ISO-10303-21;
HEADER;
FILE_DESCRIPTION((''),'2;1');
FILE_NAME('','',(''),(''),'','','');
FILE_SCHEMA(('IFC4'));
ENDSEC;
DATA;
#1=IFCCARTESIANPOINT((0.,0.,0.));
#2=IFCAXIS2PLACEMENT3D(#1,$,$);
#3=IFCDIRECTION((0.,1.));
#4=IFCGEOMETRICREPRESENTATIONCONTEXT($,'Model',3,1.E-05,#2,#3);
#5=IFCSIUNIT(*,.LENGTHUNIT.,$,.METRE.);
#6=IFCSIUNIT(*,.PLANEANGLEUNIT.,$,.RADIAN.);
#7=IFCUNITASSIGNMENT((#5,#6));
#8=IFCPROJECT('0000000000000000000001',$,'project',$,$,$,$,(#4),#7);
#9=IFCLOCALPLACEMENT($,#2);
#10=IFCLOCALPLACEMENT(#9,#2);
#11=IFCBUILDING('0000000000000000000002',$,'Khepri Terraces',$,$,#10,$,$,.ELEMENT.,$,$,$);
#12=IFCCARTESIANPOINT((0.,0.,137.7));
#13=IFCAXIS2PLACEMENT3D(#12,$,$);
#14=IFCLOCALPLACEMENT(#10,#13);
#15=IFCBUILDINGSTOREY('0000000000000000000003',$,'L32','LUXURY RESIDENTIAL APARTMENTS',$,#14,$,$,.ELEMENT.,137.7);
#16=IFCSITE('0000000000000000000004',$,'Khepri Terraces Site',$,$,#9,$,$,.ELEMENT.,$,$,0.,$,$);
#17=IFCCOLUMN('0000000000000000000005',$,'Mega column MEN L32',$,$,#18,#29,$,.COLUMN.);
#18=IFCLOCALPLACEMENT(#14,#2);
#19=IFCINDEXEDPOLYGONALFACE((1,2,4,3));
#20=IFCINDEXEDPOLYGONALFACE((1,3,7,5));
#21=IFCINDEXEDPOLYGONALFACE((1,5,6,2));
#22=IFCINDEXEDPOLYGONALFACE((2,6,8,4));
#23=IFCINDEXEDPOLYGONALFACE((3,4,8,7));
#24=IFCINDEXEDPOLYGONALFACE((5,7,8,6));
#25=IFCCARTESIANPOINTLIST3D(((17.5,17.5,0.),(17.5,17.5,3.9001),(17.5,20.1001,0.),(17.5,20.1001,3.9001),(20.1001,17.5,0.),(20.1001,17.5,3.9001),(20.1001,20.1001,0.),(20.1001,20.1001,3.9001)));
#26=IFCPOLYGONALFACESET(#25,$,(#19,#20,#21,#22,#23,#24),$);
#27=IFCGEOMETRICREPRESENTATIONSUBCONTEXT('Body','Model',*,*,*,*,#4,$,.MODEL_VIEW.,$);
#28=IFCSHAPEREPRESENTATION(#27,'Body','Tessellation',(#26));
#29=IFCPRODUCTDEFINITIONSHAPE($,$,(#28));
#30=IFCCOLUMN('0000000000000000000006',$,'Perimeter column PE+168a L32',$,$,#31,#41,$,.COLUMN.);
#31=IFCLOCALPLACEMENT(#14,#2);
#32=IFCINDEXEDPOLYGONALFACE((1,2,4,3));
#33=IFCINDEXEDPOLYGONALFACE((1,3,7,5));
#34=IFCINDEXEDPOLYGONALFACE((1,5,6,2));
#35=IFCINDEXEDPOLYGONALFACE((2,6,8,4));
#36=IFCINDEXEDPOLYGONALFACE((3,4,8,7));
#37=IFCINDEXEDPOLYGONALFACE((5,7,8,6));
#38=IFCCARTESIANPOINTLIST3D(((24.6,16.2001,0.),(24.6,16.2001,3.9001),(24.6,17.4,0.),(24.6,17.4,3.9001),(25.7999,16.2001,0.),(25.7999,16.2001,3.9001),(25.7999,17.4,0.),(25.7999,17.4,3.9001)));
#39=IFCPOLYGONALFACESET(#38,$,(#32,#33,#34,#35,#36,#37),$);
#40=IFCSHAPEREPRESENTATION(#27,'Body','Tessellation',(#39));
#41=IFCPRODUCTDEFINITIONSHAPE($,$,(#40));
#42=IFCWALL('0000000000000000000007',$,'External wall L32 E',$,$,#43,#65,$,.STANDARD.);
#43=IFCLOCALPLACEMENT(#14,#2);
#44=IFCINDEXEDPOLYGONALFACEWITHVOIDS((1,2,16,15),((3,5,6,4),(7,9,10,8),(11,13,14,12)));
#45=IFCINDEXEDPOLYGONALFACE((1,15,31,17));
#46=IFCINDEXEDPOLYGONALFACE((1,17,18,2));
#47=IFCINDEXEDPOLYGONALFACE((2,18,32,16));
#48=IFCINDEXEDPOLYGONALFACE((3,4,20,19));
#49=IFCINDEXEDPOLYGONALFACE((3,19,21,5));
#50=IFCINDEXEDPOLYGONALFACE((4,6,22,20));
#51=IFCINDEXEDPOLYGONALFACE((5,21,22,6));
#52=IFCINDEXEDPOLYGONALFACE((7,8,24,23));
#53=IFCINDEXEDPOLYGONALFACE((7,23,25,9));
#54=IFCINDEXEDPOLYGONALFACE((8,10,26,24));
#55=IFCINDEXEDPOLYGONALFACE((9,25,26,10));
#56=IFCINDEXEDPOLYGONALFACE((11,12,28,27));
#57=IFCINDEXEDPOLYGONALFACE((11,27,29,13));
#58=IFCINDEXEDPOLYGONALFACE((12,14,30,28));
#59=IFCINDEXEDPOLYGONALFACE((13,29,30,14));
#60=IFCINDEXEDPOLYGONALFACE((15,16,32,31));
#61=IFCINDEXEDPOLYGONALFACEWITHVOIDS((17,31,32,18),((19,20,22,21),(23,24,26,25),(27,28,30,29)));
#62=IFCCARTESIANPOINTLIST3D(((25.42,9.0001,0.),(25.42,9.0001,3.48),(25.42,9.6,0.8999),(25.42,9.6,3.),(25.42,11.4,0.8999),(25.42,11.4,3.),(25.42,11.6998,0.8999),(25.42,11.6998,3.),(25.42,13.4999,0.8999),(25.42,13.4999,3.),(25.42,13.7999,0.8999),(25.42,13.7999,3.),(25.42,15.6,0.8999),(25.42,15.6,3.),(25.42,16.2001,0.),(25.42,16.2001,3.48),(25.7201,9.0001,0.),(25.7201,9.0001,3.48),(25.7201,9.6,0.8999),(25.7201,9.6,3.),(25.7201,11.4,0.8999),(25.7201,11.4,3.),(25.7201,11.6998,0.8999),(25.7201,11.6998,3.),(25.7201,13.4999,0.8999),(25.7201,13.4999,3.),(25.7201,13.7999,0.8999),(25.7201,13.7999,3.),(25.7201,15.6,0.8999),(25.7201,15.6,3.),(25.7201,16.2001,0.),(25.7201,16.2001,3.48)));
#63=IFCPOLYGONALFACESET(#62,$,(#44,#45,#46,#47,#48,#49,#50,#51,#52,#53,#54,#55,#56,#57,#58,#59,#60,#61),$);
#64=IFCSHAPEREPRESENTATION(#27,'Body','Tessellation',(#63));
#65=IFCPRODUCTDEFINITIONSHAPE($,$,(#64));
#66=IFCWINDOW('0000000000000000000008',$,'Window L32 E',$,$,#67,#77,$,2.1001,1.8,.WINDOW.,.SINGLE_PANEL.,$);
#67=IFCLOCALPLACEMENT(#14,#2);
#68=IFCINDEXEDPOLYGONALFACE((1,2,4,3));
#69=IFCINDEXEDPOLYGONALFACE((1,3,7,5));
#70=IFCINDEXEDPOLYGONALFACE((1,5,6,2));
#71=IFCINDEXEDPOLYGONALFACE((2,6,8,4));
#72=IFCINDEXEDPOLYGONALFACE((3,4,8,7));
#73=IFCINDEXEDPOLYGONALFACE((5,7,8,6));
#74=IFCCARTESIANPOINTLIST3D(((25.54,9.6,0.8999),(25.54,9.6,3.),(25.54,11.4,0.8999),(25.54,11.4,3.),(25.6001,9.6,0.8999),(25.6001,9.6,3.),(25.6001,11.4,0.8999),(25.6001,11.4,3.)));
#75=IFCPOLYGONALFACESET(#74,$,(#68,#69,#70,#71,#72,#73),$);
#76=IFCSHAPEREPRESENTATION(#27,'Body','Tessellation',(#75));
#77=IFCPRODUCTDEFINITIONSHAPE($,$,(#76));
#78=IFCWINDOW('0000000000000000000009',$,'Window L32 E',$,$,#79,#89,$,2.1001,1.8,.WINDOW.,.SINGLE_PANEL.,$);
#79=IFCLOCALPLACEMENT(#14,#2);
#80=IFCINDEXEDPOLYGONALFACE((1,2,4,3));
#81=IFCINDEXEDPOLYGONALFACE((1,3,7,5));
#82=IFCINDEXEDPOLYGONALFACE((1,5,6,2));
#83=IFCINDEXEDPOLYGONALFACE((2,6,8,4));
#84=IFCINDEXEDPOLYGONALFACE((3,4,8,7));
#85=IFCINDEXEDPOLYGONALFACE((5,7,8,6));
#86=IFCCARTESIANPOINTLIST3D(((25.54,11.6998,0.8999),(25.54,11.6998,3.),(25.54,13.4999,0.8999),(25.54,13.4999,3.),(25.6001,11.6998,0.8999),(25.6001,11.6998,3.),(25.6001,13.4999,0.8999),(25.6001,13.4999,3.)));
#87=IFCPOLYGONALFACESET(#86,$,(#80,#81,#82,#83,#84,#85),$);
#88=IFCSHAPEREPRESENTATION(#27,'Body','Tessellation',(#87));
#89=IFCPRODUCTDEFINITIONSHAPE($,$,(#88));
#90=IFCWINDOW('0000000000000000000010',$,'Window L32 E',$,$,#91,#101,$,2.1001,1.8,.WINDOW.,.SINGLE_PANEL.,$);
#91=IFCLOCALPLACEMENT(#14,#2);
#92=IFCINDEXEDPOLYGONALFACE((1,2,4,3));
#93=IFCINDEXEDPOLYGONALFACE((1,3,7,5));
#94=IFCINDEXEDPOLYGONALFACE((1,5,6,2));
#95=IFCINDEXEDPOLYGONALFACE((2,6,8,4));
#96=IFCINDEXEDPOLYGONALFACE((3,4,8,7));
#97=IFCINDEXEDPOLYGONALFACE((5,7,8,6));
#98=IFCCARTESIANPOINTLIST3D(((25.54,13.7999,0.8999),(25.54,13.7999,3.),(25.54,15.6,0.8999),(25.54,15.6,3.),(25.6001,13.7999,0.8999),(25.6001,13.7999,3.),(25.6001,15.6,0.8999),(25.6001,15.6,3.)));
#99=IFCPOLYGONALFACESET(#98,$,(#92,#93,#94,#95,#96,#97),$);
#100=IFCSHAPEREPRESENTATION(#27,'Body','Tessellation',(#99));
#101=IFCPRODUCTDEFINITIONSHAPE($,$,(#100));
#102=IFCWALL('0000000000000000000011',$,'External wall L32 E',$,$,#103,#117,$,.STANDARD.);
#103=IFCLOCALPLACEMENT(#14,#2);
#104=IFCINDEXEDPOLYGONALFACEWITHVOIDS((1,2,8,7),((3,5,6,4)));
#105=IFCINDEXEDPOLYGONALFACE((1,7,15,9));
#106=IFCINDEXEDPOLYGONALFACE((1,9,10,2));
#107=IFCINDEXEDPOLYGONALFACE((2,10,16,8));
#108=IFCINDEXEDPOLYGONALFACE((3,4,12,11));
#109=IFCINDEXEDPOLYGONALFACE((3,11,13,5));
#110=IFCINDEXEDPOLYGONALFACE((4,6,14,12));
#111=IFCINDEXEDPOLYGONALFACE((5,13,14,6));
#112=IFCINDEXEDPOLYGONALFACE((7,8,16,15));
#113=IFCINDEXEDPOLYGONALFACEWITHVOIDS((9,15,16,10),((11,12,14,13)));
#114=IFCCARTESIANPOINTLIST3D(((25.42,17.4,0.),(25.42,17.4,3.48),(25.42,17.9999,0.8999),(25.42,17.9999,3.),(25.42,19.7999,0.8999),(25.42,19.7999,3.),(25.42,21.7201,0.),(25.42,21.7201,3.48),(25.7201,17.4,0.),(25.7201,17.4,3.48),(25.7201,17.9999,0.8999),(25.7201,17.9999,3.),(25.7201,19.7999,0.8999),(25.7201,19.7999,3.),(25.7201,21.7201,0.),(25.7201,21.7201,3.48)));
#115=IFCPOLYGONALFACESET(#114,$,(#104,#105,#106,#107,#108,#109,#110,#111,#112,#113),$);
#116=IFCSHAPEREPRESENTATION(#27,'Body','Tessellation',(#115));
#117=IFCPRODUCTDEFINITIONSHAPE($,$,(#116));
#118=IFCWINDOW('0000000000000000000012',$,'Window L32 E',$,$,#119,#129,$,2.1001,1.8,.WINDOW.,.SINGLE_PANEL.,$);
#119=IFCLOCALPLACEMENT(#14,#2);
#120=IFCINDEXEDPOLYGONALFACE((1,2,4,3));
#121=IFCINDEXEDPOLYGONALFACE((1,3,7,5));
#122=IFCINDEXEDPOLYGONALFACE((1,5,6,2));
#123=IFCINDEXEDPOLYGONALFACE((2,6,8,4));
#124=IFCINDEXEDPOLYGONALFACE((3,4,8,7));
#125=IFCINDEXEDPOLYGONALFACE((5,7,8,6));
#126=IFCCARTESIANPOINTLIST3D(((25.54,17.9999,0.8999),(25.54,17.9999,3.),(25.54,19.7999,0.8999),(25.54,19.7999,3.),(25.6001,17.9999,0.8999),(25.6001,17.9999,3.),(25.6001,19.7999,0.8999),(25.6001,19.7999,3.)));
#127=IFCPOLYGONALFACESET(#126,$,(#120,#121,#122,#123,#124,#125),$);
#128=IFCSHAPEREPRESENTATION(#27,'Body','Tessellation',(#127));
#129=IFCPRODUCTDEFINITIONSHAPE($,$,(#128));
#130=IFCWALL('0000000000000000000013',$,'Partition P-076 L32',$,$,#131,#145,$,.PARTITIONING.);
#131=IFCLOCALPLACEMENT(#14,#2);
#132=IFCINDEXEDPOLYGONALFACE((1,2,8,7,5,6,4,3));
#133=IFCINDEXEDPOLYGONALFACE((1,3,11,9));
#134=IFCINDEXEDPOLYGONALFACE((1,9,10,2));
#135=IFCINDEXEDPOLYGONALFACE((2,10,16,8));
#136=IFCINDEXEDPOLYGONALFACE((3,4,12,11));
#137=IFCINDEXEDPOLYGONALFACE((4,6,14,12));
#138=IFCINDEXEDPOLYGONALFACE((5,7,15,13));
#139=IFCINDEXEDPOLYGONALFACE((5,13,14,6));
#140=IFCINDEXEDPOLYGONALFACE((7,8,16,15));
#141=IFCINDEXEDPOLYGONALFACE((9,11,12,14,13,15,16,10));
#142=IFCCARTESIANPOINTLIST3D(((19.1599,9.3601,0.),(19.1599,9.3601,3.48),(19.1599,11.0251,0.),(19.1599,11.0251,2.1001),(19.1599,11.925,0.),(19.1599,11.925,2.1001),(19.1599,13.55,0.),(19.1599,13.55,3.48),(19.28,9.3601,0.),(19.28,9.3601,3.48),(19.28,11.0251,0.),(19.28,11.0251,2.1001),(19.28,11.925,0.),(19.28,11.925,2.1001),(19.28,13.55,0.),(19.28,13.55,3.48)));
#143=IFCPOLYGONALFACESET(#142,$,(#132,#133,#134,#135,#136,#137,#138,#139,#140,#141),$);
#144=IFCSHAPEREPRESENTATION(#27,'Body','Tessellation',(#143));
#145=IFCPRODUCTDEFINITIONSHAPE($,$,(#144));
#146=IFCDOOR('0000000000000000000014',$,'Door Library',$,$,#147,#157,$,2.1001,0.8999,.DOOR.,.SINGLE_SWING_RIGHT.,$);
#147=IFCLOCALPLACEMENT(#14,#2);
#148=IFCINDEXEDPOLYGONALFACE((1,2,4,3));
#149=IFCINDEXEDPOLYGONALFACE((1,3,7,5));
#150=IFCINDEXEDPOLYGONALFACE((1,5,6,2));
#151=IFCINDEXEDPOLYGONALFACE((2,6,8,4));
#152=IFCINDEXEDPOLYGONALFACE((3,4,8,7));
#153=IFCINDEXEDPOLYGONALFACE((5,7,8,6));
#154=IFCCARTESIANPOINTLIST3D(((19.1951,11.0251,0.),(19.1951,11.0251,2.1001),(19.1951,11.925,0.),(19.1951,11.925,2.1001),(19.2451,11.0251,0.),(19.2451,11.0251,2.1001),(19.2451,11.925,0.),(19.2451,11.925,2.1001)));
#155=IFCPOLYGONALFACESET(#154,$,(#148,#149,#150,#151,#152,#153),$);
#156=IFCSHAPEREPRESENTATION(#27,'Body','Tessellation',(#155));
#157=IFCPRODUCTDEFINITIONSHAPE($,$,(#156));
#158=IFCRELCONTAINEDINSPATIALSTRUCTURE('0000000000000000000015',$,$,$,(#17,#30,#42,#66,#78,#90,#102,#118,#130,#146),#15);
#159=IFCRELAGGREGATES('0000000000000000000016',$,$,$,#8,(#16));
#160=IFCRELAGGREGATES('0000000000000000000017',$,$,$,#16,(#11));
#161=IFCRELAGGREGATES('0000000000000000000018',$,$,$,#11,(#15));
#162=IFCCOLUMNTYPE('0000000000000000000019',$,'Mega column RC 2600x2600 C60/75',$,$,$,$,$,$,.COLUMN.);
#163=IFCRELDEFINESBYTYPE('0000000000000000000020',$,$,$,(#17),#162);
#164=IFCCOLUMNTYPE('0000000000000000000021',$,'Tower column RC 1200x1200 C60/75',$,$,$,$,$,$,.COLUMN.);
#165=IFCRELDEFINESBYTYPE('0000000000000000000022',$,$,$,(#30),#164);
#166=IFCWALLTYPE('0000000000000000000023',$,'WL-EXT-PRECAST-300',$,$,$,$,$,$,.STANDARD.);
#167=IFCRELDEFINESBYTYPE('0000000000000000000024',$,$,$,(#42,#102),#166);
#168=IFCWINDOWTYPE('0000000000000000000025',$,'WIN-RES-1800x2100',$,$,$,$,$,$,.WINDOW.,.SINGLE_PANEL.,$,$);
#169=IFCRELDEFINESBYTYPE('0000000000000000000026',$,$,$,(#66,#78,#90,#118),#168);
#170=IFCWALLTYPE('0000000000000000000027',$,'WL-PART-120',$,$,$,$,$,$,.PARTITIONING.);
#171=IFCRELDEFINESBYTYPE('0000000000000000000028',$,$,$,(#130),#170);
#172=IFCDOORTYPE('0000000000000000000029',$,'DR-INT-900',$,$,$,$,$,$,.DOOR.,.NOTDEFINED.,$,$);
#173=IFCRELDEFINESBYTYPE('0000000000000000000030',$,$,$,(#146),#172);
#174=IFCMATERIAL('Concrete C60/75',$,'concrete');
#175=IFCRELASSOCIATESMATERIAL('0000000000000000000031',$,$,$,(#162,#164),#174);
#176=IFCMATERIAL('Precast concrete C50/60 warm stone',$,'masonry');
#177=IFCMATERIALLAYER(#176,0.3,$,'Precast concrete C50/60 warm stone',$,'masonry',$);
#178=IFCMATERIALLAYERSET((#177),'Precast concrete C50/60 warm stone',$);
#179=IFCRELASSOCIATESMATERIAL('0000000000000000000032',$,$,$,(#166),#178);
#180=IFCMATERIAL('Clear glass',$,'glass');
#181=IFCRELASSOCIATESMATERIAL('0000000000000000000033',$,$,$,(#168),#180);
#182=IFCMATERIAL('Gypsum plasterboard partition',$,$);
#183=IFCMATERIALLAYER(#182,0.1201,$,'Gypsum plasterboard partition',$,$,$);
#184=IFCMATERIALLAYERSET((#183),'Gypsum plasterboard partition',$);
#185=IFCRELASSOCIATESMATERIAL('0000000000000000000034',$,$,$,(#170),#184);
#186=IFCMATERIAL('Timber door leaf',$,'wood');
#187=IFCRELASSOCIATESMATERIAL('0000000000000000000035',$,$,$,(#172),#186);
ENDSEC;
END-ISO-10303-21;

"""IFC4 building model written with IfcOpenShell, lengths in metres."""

from ifc_helpers import new_model, si_unit, direction, frame, frame_2d, origin, origin_2d, place, context, subcontext, project, spatial, rectangle, extrude, material, layer, layer_set, material_profile, profile_set, type_object, element, fill, save


model = new_model("IFC4")

# Units and contexts
model_context = context("Model", 3, precision=1e-05, world=origin(), true_north=direction((0.0, 1.0)))
body_context = subcontext(model_context, "Body", "Model", "MODEL_VIEW")
ifc_project = project(units=[si_unit("LENGTHUNIT", "METRE"), si_unit("PLANEANGLEUNIT", "RADIAN")], contexts=[model_context])

# Site, building, storey
site_placement = place(None, origin())
site = spatial("IfcSite", under=ifc_project, at=site_placement, Name="Khepri Terraces Site", CompositionType="ELEMENT", RefElevation=0.0)
building_placement = place(site_placement, origin())
building = spatial("IfcBuilding", under=site, at=building_placement, Name="Khepri Terraces", CompositionType="ELEMENT")
storey_placement = place(building_placement, frame((0.0, 0.0, 137.7)))
storey = spatial("IfcBuildingStorey", under=building, at=storey_placement, Name="L32", Description="LUXURY RESIDENTIAL APARTMENTS", CompositionType="ELEMENT", Elevation=137.7)

# Columns
ifc_material_1 = material(Name="Concrete C60/75", Category="concrete")
ifc_material_profile_1 = material_profile(ifc_material_1, rectangle(XDim=2.6001, YDim=2.6001, at=origin_2d()), Name="Concrete C60/75", Category="concrete")
ifc_profile_set_1 = profile_set([ifc_material_profile_1], Name="Concrete C60/75")
column_type_1 = type_object("IfcColumnType", Name="Mega column RC 2600x2600 C60/75", PredefinedType="COLUMN", material=ifc_profile_set_1)
column_1_placement = place(storey_placement, frame((18.8, 18.8, 0.0), z_axis=(0.0, 0.0, 1.0), x_axis=(1.0, 0.0, 0.0)))
element("IfcColumn", 1, at=column_1_placement, inside=storey, type_object=column_type_1, Name="Mega column MEN L32", PredefinedType="COLUMN", context=body_context, shape_type="SweptSolid", body=[
    extrude(rectangle(XDim=2.6001, YDim=2.6001, at=origin_2d()), origin(), (0.0, 0.0, 1.0), 3.9001),
])
ifc_material_profile_2 = material_profile(ifc_material_1, rectangle(XDim=1.2, YDim=1.2, at=origin_2d()), Name="Concrete C60/75", Category="concrete")
ifc_profile_set_2 = profile_set([ifc_material_profile_2], Name="Concrete C60/75")
column_type_2 = type_object("IfcColumnType", Name="Tower column RC 1200x1200 C60/75", PredefinedType="COLUMN", material=ifc_profile_set_2)
column_2_placement = place(storey_placement, frame((25.2, 16.8, 0.0), z_axis=(0.0, 0.0, 1.0), x_axis=(1.0, 0.0, 0.0)))
element("IfcColumn", 2, at=column_2_placement, inside=storey, type_object=column_type_2, Name="Perimeter column PE+168a L32", PredefinedType="COLUMN", context=body_context, shape_type="SweptSolid", body=[
    extrude(rectangle(XDim=1.2, YDim=1.2, at=origin_2d()), origin(), (0.0, 0.0, 1.0), 3.9001),
])

# Wall, openings, windows
ifc_material_2 = material(Name="Precast concrete C50/60 warm stone", Category="masonry")
ifc_layer_1 = layer(ifc_material_2, 0.3, Name="Precast concrete C50/60 warm stone", Category="masonry")
ifc_layer_set_1 = layer_set([ifc_layer_1], Name="Precast concrete C50/60 warm stone")
wall_type_1 = type_object("IfcWallType", Name="WL-EXT-PRECAST-300", PredefinedType="STANDARD", material=ifc_layer_set_1)
wall_1_placement = place(storey_placement, frame((25.5701, 9.0, 0.0), z_axis=(0.0, 0.0, 1.0), x_axis=(0.0, 1.0, 0.0)))
wall_1 = element("IfcWall", 3, at=wall_1_placement, inside=storey, type_object=wall_type_1, Name="External wall L32 E", PredefinedType="STANDARD", context=body_context, shape_type="SweptSolid", body=[
    extrude(rectangle(XDim=7.2, YDim=0.3, at=frame_2d((3.6001, 0.0))), origin(), (0.0, 0.0, 1.0), 3.48),
])
opening_1_placement = place(wall_1_placement, frame((0.6001, 0.0, 0.8999)))
opening_1 = element("IfcOpeningElement", 4, at=opening_1_placement, cuts=wall_1, PredefinedType="OPENING", context=body_context, shape_type="SweptSolid", body=[
    extrude(rectangle(XDim=1.8, YDim=2.1001, at=frame_2d((0.8999, 1.05))), frame((0.0, 0.1602, 0.0), z_axis=(0.0, -1.0, 0.0), x_axis=(1.0, 0.0, 0.0)), (0.0, 0.0, 1.0), 0.3201),
])
opening_2_placement = place(wall_1_placement, frame((2.7, 0.0, 0.8999)))
opening_2 = element("IfcOpeningElement", 5, at=opening_2_placement, cuts=wall_1, PredefinedType="OPENING", context=body_context, shape_type="SweptSolid", body=[
    extrude(rectangle(XDim=1.8, YDim=2.1001, at=frame_2d((0.8999, 1.05))), frame((0.0, 0.1602, 0.0), z_axis=(0.0, -1.0, 0.0), x_axis=(1.0, 0.0, 0.0)), (0.0, 0.0, 1.0), 0.3201),
])
opening_3_placement = place(wall_1_placement, frame((4.8, 0.0, 0.8999)))
opening_3 = element("IfcOpeningElement", 6, at=opening_3_placement, cuts=wall_1, PredefinedType="OPENING", context=body_context, shape_type="SweptSolid", body=[
    extrude(rectangle(XDim=1.8, YDim=2.1001, at=frame_2d((0.8999, 1.05))), frame((0.0, 0.1602, 0.0), z_axis=(0.0, -1.0, 0.0), x_axis=(1.0, 0.0, 0.0)), (0.0, 0.0, 1.0), 0.3201),
])
ifc_material_3 = material(Name="Clear glass", Category="glass")
window_type = type_object("IfcWindowType", Name="WIN-RES-1800x2100", PartitioningType="SINGLE_PANEL", PredefinedType="WINDOW", material=ifc_material_3)
window_1_placement = place(opening_1_placement, origin())
window_1 = element("IfcWindow", 7, at=window_1_placement, inside=storey, type_object=window_type, Name="Window L32 E", OverallHeight=2.1001, OverallWidth=1.8, PartitioningType="SINGLE_PANEL", PredefinedType="WINDOW", context=body_context, shape_type="SweptSolid", body=[
    extrude(rectangle(XDim=1.8, YDim=2.1001, at=frame_2d((0.8999, 1.05))), frame((0.0, 0.03, 0.0), z_axis=(0.0, -1.0, 0.0), x_axis=(1.0, 0.0, 0.0)), (0.0, 0.0, 1.0), 0.0601),
])
fill(opening_1, window_1)
window_2_placement = place(opening_2_placement, origin())
window_2 = element("IfcWindow", 8, at=window_2_placement, inside=storey, type_object=window_type, Name="Window L32 E", OverallHeight=2.1001, OverallWidth=1.8, PartitioningType="SINGLE_PANEL", PredefinedType="WINDOW", context=body_context, shape_type="SweptSolid", body=[
    extrude(rectangle(XDim=1.8, YDim=2.1001, at=frame_2d((0.8999, 1.05))), frame((0.0, 0.03, 0.0), z_axis=(0.0, -1.0, 0.0), x_axis=(1.0, 0.0, 0.0)), (0.0, 0.0, 1.0), 0.0601),
])
fill(opening_2, window_2)
window_3_placement = place(opening_3_placement, origin())
window_3 = element("IfcWindow", 9, at=window_3_placement, inside=storey, type_object=window_type, Name="Window L32 E", OverallHeight=2.1001, OverallWidth=1.8, PartitioningType="SINGLE_PANEL", PredefinedType="WINDOW", context=body_context, shape_type="SweptSolid", body=[
    extrude(rectangle(XDim=1.8, YDim=2.1001, at=frame_2d((0.8999, 1.05))), frame((0.0, 0.03, 0.0), z_axis=(0.0, -1.0, 0.0), x_axis=(1.0, 0.0, 0.0)), (0.0, 0.0, 1.0), 0.0601),
])
fill(opening_3, window_3)

# Wall, opening, window
wall_2_placement = place(storey_placement, frame((25.5701, 17.3999, 0.0), z_axis=(0.0, 0.0, 1.0), x_axis=(0.0, 1.0, 0.0)))
wall_2 = element("IfcWall", 10, at=wall_2_placement, inside=storey, type_object=wall_type_1, Name="External wall L32 E", PredefinedType="STANDARD", context=body_context, shape_type="SweptSolid", body=[
    extrude(rectangle(XDim=4.3201, YDim=0.3, at=frame_2d((2.1602, 0.0))), origin(), (0.0, 0.0, 1.0), 3.48),
])
opening_4_placement = place(wall_2_placement, frame((0.6001, 0.0, 0.8999)))
opening_4 = element("IfcOpeningElement", 11, at=opening_4_placement, cuts=wall_2, PredefinedType="OPENING", context=body_context, shape_type="SweptSolid", body=[
    extrude(rectangle(XDim=1.8, YDim=2.1001, at=frame_2d((0.8999, 1.05))), frame((0.0, 0.1602, 0.0), z_axis=(0.0, -1.0, 0.0), x_axis=(1.0, 0.0, 0.0)), (0.0, 0.0, 1.0), 0.3201),
])
window_4_placement = place(opening_4_placement, origin())
window_4 = element("IfcWindow", 12, at=window_4_placement, inside=storey, type_object=window_type, Name="Window L32 E", OverallHeight=2.1001, OverallWidth=1.8, PartitioningType="SINGLE_PANEL", PredefinedType="WINDOW", context=body_context, shape_type="SweptSolid", body=[
    extrude(rectangle(XDim=1.8, YDim=2.1001, at=frame_2d((0.8999, 1.05))), frame((0.0, 0.03, 0.0), z_axis=(0.0, -1.0, 0.0), x_axis=(1.0, 0.0, 0.0)), (0.0, 0.0, 1.0), 0.0601),
])
fill(opening_4, window_4)

# Wall, opening, door
ifc_material_4 = material(Name="Gypsum plasterboard partition")
ifc_layer_2 = layer(ifc_material_4, 0.1201, Name="Gypsum plasterboard partition")
ifc_layer_set_2 = layer_set([ifc_layer_2], Name="Gypsum plasterboard partition")
wall_type_2 = type_object("IfcWallType", Name="WL-PART-120", PredefinedType="PARTITIONING", material=ifc_layer_set_2)
wall_3_placement = place(storey_placement, frame((19.22, 9.3601, 0.0), z_axis=(0.0, 0.0, 1.0), x_axis=(0.0, 1.0, 0.0)))
wall_3 = element("IfcWall", 13, at=wall_3_placement, inside=storey, type_object=wall_type_2, Name="Partition P-076 L32", PredefinedType="PARTITIONING", context=body_context, shape_type="SweptSolid", body=[
    extrude(rectangle(XDim=4.1899, YDim=0.1201, at=frame_2d((2.095, 0.0))), origin(), (0.0, 0.0, 1.0), 3.48),
])
opening_5_placement = place(wall_3_placement, frame((1.665, 0.0, 0.0)))
opening_5 = element("IfcOpeningElement", 14, at=opening_5_placement, cuts=wall_3, PredefinedType="OPENING", context=body_context, shape_type="SweptSolid", body=[
    extrude(rectangle(XDim=0.8999, YDim=2.1001, at=frame_2d((0.45, 1.05))), frame((0.0, 0.0701, 0.0), z_axis=(0.0, -1.0, 0.0), x_axis=(1.0, 0.0, 0.0)), (0.0, 0.0, 1.0), 0.1401),
])
ifc_material_5 = material(Name="Timber door leaf", Category="wood")
door_type_1 = type_object("IfcDoorType", Name="DR-INT-900", OperationType="NOTDEFINED", PredefinedType="DOOR", material=ifc_material_5)
door_1_placement = place(opening_5_placement, origin())
door_1 = element("IfcDoor", 15, at=door_1_placement, inside=storey, type_object=door_type_1, Name="Door Library", OperationType="SINGLE_SWING_RIGHT", OverallHeight=2.1001, OverallWidth=0.8999, PredefinedType="DOOR", context=body_context, shape_type="SweptSolid", body=[
    extrude(rectangle(XDim=0.8999, YDim=2.1001, at=frame_2d((0.45, 1.05))), frame((0.0, 0.0249, 0.0), z_axis=(0.0, -1.0, 0.0), x_axis=(1.0, 0.0, 0.0)), (0.0, 0.0, 1.0), 0.05),
])
fill(opening_5, door_1)

save(model, "model.ifc")
